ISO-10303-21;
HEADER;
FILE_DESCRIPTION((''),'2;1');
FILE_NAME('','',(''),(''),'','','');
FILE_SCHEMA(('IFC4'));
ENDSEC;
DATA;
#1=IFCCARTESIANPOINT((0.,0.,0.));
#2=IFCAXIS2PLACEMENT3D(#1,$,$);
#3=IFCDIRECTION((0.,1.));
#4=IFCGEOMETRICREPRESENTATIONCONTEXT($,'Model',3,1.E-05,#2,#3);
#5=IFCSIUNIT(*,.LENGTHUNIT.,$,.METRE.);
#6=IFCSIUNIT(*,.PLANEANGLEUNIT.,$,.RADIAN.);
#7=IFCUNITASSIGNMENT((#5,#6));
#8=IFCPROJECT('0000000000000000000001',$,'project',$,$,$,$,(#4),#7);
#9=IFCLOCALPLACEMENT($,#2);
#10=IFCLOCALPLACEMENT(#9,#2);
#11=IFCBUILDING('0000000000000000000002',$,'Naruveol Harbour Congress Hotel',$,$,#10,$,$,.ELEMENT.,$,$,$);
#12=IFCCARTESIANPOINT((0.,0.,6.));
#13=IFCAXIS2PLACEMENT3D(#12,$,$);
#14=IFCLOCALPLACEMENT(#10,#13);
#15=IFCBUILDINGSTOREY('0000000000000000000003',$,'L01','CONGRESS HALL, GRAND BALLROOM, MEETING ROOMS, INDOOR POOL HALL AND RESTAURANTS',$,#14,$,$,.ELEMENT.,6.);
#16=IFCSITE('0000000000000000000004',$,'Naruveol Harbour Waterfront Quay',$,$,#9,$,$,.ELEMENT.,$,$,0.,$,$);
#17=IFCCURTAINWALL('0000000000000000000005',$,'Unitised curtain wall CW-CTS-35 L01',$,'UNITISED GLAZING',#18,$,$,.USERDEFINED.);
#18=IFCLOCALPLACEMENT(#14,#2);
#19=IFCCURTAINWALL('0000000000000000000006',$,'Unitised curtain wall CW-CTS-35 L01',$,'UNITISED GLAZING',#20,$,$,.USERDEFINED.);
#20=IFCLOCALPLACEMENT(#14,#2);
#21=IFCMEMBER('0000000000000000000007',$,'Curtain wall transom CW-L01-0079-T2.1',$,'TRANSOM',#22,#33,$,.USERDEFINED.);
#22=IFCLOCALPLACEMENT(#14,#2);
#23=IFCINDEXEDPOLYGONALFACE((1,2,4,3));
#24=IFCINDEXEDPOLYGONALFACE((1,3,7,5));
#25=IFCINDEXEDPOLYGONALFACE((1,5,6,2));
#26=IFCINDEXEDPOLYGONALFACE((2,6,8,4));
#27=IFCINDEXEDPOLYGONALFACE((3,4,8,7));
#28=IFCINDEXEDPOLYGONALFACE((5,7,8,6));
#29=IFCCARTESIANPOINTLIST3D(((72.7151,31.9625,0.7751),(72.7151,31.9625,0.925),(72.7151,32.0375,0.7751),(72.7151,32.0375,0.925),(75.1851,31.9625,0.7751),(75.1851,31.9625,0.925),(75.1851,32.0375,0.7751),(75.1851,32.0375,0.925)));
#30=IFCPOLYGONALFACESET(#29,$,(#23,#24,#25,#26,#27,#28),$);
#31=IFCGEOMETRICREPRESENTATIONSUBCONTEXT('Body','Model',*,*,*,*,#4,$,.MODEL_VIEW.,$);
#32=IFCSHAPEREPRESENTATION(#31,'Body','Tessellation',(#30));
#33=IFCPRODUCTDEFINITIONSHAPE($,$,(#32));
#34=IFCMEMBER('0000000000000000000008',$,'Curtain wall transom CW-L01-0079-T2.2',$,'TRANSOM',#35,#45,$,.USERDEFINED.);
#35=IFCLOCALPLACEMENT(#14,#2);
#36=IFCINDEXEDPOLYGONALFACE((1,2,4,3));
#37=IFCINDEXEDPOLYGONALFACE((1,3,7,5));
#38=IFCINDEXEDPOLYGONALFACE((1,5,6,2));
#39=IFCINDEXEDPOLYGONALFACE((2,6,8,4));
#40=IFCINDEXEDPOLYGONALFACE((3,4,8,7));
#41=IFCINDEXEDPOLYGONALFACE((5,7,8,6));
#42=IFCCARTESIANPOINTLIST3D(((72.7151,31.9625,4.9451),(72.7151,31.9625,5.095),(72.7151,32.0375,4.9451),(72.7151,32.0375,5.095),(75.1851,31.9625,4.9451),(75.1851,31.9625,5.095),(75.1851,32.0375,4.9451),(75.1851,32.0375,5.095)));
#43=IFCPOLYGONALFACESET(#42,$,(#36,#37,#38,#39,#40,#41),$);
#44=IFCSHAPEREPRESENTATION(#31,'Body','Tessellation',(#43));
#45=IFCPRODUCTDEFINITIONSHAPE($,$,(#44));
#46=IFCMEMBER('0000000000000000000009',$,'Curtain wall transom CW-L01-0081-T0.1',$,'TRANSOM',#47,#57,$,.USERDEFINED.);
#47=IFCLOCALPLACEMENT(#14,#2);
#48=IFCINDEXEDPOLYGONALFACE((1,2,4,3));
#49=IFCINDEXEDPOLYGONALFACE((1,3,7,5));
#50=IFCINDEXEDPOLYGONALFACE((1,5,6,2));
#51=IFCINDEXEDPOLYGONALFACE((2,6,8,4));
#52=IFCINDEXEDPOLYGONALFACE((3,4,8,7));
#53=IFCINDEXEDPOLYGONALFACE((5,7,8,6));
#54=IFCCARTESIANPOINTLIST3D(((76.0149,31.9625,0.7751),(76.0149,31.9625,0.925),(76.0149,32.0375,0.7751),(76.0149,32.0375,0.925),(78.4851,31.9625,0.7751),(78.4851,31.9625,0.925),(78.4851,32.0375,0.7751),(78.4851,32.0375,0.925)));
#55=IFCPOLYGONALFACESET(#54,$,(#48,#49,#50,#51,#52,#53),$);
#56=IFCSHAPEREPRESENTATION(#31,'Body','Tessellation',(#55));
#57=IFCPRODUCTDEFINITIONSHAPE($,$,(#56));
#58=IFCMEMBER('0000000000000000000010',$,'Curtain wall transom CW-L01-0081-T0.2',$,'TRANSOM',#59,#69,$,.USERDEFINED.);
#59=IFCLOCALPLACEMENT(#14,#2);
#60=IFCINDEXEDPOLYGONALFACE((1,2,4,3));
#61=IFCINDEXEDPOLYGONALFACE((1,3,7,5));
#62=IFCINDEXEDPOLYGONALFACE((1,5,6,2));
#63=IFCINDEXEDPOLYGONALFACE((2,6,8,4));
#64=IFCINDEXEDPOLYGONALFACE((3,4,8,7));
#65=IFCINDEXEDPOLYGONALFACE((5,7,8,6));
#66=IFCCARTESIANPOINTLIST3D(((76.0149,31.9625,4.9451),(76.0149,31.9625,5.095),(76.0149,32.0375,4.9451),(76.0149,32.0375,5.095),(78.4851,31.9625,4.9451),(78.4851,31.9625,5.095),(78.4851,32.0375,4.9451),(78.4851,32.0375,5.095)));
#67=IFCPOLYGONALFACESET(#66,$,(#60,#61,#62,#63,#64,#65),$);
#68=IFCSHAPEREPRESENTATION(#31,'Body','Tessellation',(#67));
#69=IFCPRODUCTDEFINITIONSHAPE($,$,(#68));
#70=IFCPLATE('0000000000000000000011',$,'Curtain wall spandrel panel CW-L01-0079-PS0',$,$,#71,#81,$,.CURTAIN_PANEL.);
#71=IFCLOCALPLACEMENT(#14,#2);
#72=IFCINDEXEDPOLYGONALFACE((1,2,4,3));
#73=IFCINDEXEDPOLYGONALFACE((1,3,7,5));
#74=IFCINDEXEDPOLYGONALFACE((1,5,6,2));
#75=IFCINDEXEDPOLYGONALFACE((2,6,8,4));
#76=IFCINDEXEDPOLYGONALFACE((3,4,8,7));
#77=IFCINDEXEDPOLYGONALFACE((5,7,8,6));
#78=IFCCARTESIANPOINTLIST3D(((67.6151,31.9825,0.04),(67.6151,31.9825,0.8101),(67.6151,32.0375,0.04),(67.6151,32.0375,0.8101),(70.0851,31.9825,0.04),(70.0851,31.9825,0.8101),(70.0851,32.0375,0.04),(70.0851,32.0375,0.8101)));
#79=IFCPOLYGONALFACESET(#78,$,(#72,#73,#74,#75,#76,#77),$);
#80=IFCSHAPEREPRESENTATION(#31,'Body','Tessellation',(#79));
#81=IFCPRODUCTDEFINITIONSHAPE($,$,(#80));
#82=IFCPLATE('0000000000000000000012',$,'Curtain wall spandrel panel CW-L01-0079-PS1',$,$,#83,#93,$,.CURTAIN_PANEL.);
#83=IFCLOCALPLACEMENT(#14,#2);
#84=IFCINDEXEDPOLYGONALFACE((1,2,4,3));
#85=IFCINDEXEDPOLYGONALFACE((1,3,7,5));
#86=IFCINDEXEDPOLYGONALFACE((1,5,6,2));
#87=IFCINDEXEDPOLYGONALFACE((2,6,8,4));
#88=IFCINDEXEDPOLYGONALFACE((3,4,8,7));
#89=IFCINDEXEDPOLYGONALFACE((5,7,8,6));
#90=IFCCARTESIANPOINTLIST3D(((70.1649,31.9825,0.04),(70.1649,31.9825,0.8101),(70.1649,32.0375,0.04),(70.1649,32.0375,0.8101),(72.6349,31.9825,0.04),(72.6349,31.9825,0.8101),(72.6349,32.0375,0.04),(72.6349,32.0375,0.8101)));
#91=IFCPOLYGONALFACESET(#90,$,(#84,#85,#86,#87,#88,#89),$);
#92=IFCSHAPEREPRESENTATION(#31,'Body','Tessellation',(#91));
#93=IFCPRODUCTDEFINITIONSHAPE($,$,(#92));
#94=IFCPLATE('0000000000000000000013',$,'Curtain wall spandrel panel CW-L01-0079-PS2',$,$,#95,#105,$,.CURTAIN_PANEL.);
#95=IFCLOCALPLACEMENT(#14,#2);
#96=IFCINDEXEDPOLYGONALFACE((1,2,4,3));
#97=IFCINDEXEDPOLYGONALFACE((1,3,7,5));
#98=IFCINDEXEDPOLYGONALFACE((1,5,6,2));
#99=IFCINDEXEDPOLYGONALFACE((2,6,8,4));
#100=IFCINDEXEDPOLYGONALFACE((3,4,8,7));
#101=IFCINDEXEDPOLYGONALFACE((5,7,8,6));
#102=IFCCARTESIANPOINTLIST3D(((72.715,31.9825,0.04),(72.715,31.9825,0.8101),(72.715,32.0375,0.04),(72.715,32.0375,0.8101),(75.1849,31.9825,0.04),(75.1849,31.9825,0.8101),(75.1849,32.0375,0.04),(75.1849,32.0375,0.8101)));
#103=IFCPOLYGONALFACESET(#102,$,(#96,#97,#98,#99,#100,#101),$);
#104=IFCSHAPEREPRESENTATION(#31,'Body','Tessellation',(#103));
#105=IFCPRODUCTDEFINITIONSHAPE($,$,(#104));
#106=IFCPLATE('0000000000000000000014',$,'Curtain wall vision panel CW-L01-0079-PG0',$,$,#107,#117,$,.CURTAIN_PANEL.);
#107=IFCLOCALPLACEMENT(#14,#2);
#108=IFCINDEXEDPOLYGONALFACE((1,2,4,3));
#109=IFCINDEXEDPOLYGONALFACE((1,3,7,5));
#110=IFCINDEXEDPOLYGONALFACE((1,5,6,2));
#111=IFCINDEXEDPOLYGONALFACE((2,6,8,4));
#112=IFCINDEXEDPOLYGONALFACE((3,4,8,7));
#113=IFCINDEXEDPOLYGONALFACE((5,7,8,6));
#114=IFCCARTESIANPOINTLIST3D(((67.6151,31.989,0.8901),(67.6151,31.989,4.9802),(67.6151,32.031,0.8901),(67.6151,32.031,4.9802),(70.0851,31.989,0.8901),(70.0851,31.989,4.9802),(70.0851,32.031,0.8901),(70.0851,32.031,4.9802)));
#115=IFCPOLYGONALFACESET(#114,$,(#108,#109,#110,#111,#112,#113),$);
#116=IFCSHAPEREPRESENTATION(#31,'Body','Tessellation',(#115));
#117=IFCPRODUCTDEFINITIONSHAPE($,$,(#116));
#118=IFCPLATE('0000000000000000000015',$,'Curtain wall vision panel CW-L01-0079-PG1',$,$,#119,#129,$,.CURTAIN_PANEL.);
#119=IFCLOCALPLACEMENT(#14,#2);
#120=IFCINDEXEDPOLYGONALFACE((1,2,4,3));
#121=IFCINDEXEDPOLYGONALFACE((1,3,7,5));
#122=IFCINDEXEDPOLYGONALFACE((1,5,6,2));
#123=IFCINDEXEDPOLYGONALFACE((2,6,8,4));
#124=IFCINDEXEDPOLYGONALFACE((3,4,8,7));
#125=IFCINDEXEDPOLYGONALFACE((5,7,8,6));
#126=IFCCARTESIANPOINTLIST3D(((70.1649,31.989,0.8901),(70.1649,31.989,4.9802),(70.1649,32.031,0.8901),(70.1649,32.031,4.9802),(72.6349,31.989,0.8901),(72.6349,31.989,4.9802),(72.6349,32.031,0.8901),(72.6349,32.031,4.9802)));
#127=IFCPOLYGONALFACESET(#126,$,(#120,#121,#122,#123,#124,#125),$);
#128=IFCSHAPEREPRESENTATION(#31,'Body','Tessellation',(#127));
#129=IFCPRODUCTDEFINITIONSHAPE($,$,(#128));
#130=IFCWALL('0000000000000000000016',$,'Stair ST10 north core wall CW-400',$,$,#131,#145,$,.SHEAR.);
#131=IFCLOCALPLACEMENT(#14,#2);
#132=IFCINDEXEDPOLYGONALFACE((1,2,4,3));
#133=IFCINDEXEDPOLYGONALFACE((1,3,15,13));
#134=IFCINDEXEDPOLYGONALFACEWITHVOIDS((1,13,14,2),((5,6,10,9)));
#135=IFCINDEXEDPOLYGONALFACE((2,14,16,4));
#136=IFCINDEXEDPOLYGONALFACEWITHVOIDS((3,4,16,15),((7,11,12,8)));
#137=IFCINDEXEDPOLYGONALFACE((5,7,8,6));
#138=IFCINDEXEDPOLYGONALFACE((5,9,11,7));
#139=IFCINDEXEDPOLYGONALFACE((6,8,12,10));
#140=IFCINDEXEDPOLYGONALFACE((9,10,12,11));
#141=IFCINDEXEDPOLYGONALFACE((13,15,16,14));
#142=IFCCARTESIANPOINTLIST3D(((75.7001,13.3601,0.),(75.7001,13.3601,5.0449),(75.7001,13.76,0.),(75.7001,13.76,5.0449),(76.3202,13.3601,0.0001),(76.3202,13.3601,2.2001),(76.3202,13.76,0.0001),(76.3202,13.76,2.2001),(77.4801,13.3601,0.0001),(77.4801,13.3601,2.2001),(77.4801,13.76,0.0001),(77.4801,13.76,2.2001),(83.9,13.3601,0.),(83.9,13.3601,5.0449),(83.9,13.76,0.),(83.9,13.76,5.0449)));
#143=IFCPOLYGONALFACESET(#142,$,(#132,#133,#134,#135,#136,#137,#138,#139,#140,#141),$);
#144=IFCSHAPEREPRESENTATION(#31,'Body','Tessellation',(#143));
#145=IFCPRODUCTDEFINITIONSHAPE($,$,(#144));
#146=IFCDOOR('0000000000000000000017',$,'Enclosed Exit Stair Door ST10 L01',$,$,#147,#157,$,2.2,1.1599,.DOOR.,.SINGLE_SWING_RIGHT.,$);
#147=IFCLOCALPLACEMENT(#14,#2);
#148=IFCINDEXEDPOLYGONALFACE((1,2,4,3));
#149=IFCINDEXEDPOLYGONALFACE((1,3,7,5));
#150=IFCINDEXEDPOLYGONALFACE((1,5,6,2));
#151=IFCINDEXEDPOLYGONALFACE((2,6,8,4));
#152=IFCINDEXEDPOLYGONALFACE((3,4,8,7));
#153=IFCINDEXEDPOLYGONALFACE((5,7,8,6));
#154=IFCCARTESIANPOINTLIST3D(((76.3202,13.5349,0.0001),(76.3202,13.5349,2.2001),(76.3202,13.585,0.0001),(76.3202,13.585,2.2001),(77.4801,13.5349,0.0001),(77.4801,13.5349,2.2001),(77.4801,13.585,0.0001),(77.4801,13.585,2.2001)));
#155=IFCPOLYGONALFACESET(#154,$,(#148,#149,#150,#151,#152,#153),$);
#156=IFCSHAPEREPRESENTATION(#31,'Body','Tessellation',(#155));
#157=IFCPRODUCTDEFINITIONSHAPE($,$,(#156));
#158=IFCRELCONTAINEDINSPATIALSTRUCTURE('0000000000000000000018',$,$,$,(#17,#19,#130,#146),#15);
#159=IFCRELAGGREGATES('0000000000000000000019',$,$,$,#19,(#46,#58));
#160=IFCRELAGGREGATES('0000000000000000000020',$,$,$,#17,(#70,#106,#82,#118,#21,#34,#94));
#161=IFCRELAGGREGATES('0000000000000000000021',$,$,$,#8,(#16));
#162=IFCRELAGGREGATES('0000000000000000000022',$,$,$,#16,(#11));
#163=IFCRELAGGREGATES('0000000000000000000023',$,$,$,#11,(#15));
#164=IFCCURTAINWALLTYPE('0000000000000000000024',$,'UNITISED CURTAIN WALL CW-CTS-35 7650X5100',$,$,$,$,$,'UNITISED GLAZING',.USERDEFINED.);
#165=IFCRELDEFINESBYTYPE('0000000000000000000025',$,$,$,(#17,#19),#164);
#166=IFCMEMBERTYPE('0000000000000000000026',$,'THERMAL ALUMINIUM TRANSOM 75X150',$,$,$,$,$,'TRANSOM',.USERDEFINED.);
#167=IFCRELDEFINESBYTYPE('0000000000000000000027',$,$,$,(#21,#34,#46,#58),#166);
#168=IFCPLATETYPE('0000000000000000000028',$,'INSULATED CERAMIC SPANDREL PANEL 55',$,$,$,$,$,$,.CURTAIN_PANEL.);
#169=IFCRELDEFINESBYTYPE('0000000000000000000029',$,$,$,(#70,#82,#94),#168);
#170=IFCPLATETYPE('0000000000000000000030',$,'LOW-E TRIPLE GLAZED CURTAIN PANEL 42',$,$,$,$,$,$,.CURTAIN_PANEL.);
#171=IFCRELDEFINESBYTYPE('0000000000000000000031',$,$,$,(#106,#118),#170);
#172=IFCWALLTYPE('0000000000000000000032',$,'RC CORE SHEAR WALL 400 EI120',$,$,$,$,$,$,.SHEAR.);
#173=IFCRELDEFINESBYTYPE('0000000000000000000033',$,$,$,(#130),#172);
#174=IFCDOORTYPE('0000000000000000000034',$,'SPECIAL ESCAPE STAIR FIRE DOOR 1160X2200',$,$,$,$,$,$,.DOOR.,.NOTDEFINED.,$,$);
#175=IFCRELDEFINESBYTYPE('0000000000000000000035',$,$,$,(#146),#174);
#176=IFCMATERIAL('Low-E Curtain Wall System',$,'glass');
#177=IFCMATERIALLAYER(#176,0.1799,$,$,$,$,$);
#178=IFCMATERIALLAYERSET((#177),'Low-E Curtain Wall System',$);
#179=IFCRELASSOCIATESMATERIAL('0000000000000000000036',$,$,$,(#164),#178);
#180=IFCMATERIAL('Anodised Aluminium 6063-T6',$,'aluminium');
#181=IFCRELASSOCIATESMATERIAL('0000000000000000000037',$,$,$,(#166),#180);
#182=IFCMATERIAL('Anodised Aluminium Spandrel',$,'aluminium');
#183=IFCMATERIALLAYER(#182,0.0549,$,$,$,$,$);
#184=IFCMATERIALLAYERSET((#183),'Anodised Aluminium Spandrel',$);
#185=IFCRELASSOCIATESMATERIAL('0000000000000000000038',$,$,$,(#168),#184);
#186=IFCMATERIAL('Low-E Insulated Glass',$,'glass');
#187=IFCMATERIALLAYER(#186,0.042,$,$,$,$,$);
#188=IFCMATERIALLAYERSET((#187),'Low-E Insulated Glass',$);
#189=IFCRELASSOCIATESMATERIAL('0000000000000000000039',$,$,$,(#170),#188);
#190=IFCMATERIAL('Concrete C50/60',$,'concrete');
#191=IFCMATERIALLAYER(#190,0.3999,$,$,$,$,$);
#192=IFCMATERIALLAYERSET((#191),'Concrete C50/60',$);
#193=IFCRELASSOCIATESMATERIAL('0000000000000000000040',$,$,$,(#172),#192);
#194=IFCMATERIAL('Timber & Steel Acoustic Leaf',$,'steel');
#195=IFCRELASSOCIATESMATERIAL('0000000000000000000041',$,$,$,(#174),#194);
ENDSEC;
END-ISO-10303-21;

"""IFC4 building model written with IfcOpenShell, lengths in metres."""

from ifc_helpers import new_model, si_unit, direction, frame, frame_2d, origin, origin_2d, place, context, subcontext, project, spatial, rectangle, extrude, material, layer, layer_set, material_profile, profile_set, type_object, element, fill, aggregate, save


model = new_model("IFC4")

# Units and contexts
model_context = context("Model", 3, precision=1e-05, world=origin(), true_north=direction((0.0, 1.0)))
body_context = subcontext(model_context, "Body", "Model", "MODEL_VIEW")
ifc_project = project(units=[si_unit("LENGTHUNIT", "METRE"), si_unit("PLANEANGLEUNIT", "RADIAN")], contexts=[model_context])

# Site, building, storey
site_placement = place(None, origin())
site = spatial("IfcSite", under=ifc_project, at=site_placement, Name="Naruveol Harbour Waterfront Quay", CompositionType="ELEMENT", RefElevation=0.0)
building_placement = place(site_placement, origin())
building = spatial("IfcBuilding", under=site, at=building_placement, Name="Naruveol Harbour Congress Hotel", CompositionType="ELEMENT")
storey_placement = place(building_placement, frame((0.0, 0.0, 6.0)))
storey = spatial("IfcBuildingStorey", under=building, at=storey_placement, Name="L01", Description="CONGRESS HALL, GRAND BALLROOM, MEETING ROOMS, INDOOR POOL HALL AND RESTAURANTS", CompositionType="ELEMENT", Elevation=6.0)

# Curtain wall
ifc_material_1 = material(Name="Low-E Curtain Wall System", Category="glass")
ifc_layer_1 = layer(ifc_material_1, 0.1799)
ifc_layer_set_1 = layer_set([ifc_layer_1], Name="Low-E Curtain Wall System")
curtain_wall_type = type_object("IfcCurtainWallType", Name="UNITISED CURTAIN WALL CW-CTS-35 7650X5100", ElementType="UNITISED GLAZING", PredefinedType="USERDEFINED", material=ifc_layer_set_1)
curtain_wall_1_placement = place(storey_placement, origin())
curtain_wall_1 = element("IfcCurtainWall", 1, at=curtain_wall_1_placement, inside=storey, type_object=curtain_wall_type, Name="Unitised curtain wall CW-CTS-35 L01", ObjectType="UNITISED GLAZING", PredefinedType="USERDEFINED")

# Curtain wall
curtain_wall_2_placement = place(storey_placement, origin())
curtain_wall_2 = element("IfcCurtainWall", 2, at=curtain_wall_2_placement, inside=storey, type_object=curtain_wall_type, Name="Unitised curtain wall CW-CTS-35 L01", ObjectType="UNITISED GLAZING", PredefinedType="USERDEFINED")

# Members
ifc_material_2 = material(Name="Anodised Aluminium 6063-T6", Category="aluminium")
ifc_material_profile_1 = material_profile(ifc_material_2, rectangle(XDim=0.075, YDim=0.1499, at=origin_2d()), Name="ALU-75x150")
ifc_profile_set_1 = profile_set([ifc_material_profile_1], Name="Anodised Aluminium 6063-T6")
member_type_1 = type_object("IfcMemberType", Name="THERMAL ALUMINIUM TRANSOM 75X150", ElementType="TRANSOM", PredefinedType="USERDEFINED", material=ifc_profile_set_1)
member_1_placement = place(storey_placement, frame((72.7151, 32.0, 0.8501), z_axis=(1.0, 0.0, 0.0), x_axis=(0.0, 1.0, 0.0)))
member_1 = element("IfcMember", 3, at=member_1_placement, type_object=member_type_1, Name="Curtain wall transom CW-L01-0079-T2.1", ObjectType="TRANSOM", PredefinedType="USERDEFINED", context=body_context, shape_type="SweptSolid", body=[
    extrude(rectangle(XDim=0.075, YDim=0.1499, at=origin_2d()), origin(), (0.0, 0.0, 1.0), 2.47),
])
member_2_placement = place(storey_placement, frame((72.7151, 32.0, 5.02), z_axis=(1.0, 0.0, 0.0), x_axis=(0.0, 1.0, 0.0)))
member_2 = element("IfcMember", 4, at=member_2_placement, type_object=member_type_1, Name="Curtain wall transom CW-L01-0079-T2.2", ObjectType="TRANSOM", PredefinedType="USERDEFINED", context=body_context, shape_type="SweptSolid", body=[
    extrude(rectangle(XDim=0.075, YDim=0.1499, at=origin_2d()), origin(), (0.0, 0.0, 1.0), 2.47),
])
member_3_placement = place(storey_placement, frame((76.0149, 32.0, 0.8501), z_axis=(1.0, 0.0, 0.0), x_axis=(0.0, 1.0, 0.0)))
member_3 = element("IfcMember", 5, at=member_3_placement, type_object=member_type_1, Name="Curtain wall transom CW-L01-0081-T0.1", ObjectType="TRANSOM", PredefinedType="USERDEFINED", context=body_context, shape_type="SweptSolid", body=[
    extrude(rectangle(XDim=0.075, YDim=0.1499, at=origin_2d()), origin(), (0.0, 0.0, 1.0), 2.4702),
])
member_4_placement = place(storey_placement, frame((76.0149, 32.0, 5.02), z_axis=(1.0, 0.0, 0.0), x_axis=(0.0, 1.0, 0.0)))
member_4 = element("IfcMember", 6, at=member_4_placement, type_object=member_type_1, Name="Curtain wall transom CW-L01-0081-T0.2", ObjectType="TRANSOM", PredefinedType="USERDEFINED", context=body_context, shape_type="SweptSolid", body=[
    extrude(rectangle(XDim=0.075, YDim=0.1499, at=origin_2d()), origin(), (0.0, 0.0, 1.0), 2.4702),
])
aggregate(curtain_wall_2, [member_3, member_4])

# Plates
ifc_material_3 = material(Name="Anodised Aluminium Spandrel", Category="aluminium")
ifc_layer_2 = layer(ifc_material_3, 0.0549)
ifc_layer_set_2 = layer_set([ifc_layer_2], Name="Anodised Aluminium Spandrel")
plate_type_1 = type_object("IfcPlateType", Name="INSULATED CERAMIC SPANDREL PANEL 55", PredefinedType="CURTAIN_PANEL", material=ifc_layer_set_2)
plate_1_placement = place(storey_placement, frame((68.8501, 32.01, 0.04), z_axis=(0.0, 0.0, 1.0), x_axis=(1.0, 0.0, 0.0)))
plate_1 = element("IfcPlate", 7, at=plate_1_placement, type_object=plate_type_1, Name="Curtain wall spandrel panel CW-L01-0079-PS0", PredefinedType="CURTAIN_PANEL", context=body_context, shape_type="SweptSolid", body=[
    extrude(rectangle(XDim=2.47, YDim=0.0549, at=origin_2d()), origin(), (0.0, 0.0, 1.0), 0.77),
])
plate_2_placement = place(storey_placement, frame((71.3999, 32.01, 0.04), z_axis=(0.0, 0.0, 1.0), x_axis=(1.0, 0.0, 0.0)))
plate_2 = element("IfcPlate", 8, at=plate_2_placement, type_object=plate_type_1, Name="Curtain wall spandrel panel CW-L01-0079-PS1", PredefinedType="CURTAIN_PANEL", context=body_context, shape_type="SweptSolid", body=[
    extrude(rectangle(XDim=2.47, YDim=0.0549, at=origin_2d()), origin(), (0.0, 0.0, 1.0), 0.77),
])
plate_3_placement = place(storey_placement, frame((73.95, 32.01, 0.04), z_axis=(0.0, 0.0, 1.0), x_axis=(1.0, 0.0, 0.0)))
plate_3 = element("IfcPlate", 9, at=plate_3_placement, type_object=plate_type_1, Name="Curtain wall spandrel panel CW-L01-0079-PS2", PredefinedType="CURTAIN_PANEL", context=body_context, shape_type="SweptSolid", body=[
    extrude(rectangle(XDim=2.47, YDim=0.0549, at=origin_2d()), origin(), (0.0, 0.0, 1.0), 0.77),
])
ifc_material_4 = material(Name="Low-E Insulated Glass", Category="glass")
ifc_layer_3 = layer(ifc_material_4, 0.042)
ifc_layer_set_3 = layer_set([ifc_layer_3], Name="Low-E Insulated Glass")
plate_type_2 = type_object("IfcPlateType", Name="LOW-E TRIPLE GLAZED CURTAIN PANEL 42", PredefinedType="CURTAIN_PANEL", material=ifc_layer_set_3)
plate_4_placement = place(storey_placement, frame((68.8501, 32.01, 0.8901), z_axis=(0.0, 0.0, 1.0), x_axis=(1.0, 0.0, 0.0)))
plate_4 = element("IfcPlate", 10, at=plate_4_placement, type_object=plate_type_2, Name="Curtain wall vision panel CW-L01-0079-PG0", PredefinedType="CURTAIN_PANEL", context=body_context, shape_type="SweptSolid", body=[
    extrude(rectangle(XDim=2.47, YDim=0.042, at=origin_2d()), origin(), (0.0, 0.0, 1.0), 4.0901),
])
plate_5_placement = place(storey_placement, frame((71.3999, 32.01, 0.8901), z_axis=(0.0, 0.0, 1.0), x_axis=(1.0, 0.0, 0.0)))
plate_5 = element("IfcPlate", 11, at=plate_5_placement, type_object=plate_type_2, Name="Curtain wall vision panel CW-L01-0079-PG1", PredefinedType="CURTAIN_PANEL", context=body_context, shape_type="SweptSolid", body=[
    extrude(rectangle(XDim=2.47, YDim=0.042, at=origin_2d()), origin(), (0.0, 0.0, 1.0), 4.0901),
])
aggregate(curtain_wall_1, [plate_1, plate_4, plate_2, plate_5, member_1, member_2, plate_3])

# Wall, opening, door
ifc_material_5 = material(Name="Concrete C50/60", Category="concrete")
ifc_layer_4 = layer(ifc_material_5, 0.3999)
ifc_layer_set_4 = layer_set([ifc_layer_4], Name="Concrete C50/60")
wall_type = type_object("IfcWallType", Name="RC CORE SHEAR WALL 400 EI120", PredefinedType="SHEAR", material=ifc_layer_set_4)
wall_placement = place(storey_placement, frame((75.7, 13.5601, 0.0), z_axis=(0.0, 0.0, 1.0), x_axis=(1.0, 0.0, 0.0)))
wall = element("IfcWall", 12, at=wall_placement, inside=storey, type_object=wall_type, Name="Stair ST10 north core wall CW-400", PredefinedType="SHEAR", context=body_context, shape_type="SweptSolid", body=[
    extrude(rectangle(XDim=8.2, YDim=0.3999, at=frame_2d((4.1001, 0.0))), origin(), (0.0, 0.0, 1.0), 5.0449),
])
opening_placement = place(wall_placement, frame((0.6201, 0.0, 0.0)))
opening = element("IfcOpeningElement", 13, at=opening_placement, cuts=wall, PredefinedType="OPENING", context=body_context, shape_type="SweptSolid", body=[
    extrude(rectangle(XDim=1.1599, YDim=2.2, at=frame_2d((0.5801, 1.1001))), frame((0.0, 0.21, 0.0), z_axis=(0.0, -1.0, 0.0), x_axis=(1.0, 0.0, 0.0)), (0.0, 0.0, 1.0), 0.4199),
])
ifc_material_6 = material(Name="Timber & Steel Acoustic Leaf", Category="steel")
door_type = type_object("IfcDoorType", Name="SPECIAL ESCAPE STAIR FIRE DOOR 1160X2200", OperationType="NOTDEFINED", PredefinedType="DOOR", material=ifc_material_6)
door_placement = place(opening_placement, origin())
door = element("IfcDoor", 14, at=door_placement, inside=storey, type_object=door_type, Name="Enclosed Exit Stair Door ST10 L01", OperationType="SINGLE_SWING_RIGHT", OverallHeight=2.2, OverallWidth=1.1599, PredefinedType="DOOR", context=body_context, shape_type="SweptSolid", body=[
    extrude(rectangle(XDim=1.1599, YDim=2.2, at=frame_2d((0.5801, 1.1001))), frame((0.0, 0.0249, 0.0), z_axis=(0.0, -1.0, 0.0), x_axis=(1.0, 0.0, 0.0)), (0.0, 0.0, 1.0), 0.05),
])
fill(opening, door)

save(model, "model.ifc")
